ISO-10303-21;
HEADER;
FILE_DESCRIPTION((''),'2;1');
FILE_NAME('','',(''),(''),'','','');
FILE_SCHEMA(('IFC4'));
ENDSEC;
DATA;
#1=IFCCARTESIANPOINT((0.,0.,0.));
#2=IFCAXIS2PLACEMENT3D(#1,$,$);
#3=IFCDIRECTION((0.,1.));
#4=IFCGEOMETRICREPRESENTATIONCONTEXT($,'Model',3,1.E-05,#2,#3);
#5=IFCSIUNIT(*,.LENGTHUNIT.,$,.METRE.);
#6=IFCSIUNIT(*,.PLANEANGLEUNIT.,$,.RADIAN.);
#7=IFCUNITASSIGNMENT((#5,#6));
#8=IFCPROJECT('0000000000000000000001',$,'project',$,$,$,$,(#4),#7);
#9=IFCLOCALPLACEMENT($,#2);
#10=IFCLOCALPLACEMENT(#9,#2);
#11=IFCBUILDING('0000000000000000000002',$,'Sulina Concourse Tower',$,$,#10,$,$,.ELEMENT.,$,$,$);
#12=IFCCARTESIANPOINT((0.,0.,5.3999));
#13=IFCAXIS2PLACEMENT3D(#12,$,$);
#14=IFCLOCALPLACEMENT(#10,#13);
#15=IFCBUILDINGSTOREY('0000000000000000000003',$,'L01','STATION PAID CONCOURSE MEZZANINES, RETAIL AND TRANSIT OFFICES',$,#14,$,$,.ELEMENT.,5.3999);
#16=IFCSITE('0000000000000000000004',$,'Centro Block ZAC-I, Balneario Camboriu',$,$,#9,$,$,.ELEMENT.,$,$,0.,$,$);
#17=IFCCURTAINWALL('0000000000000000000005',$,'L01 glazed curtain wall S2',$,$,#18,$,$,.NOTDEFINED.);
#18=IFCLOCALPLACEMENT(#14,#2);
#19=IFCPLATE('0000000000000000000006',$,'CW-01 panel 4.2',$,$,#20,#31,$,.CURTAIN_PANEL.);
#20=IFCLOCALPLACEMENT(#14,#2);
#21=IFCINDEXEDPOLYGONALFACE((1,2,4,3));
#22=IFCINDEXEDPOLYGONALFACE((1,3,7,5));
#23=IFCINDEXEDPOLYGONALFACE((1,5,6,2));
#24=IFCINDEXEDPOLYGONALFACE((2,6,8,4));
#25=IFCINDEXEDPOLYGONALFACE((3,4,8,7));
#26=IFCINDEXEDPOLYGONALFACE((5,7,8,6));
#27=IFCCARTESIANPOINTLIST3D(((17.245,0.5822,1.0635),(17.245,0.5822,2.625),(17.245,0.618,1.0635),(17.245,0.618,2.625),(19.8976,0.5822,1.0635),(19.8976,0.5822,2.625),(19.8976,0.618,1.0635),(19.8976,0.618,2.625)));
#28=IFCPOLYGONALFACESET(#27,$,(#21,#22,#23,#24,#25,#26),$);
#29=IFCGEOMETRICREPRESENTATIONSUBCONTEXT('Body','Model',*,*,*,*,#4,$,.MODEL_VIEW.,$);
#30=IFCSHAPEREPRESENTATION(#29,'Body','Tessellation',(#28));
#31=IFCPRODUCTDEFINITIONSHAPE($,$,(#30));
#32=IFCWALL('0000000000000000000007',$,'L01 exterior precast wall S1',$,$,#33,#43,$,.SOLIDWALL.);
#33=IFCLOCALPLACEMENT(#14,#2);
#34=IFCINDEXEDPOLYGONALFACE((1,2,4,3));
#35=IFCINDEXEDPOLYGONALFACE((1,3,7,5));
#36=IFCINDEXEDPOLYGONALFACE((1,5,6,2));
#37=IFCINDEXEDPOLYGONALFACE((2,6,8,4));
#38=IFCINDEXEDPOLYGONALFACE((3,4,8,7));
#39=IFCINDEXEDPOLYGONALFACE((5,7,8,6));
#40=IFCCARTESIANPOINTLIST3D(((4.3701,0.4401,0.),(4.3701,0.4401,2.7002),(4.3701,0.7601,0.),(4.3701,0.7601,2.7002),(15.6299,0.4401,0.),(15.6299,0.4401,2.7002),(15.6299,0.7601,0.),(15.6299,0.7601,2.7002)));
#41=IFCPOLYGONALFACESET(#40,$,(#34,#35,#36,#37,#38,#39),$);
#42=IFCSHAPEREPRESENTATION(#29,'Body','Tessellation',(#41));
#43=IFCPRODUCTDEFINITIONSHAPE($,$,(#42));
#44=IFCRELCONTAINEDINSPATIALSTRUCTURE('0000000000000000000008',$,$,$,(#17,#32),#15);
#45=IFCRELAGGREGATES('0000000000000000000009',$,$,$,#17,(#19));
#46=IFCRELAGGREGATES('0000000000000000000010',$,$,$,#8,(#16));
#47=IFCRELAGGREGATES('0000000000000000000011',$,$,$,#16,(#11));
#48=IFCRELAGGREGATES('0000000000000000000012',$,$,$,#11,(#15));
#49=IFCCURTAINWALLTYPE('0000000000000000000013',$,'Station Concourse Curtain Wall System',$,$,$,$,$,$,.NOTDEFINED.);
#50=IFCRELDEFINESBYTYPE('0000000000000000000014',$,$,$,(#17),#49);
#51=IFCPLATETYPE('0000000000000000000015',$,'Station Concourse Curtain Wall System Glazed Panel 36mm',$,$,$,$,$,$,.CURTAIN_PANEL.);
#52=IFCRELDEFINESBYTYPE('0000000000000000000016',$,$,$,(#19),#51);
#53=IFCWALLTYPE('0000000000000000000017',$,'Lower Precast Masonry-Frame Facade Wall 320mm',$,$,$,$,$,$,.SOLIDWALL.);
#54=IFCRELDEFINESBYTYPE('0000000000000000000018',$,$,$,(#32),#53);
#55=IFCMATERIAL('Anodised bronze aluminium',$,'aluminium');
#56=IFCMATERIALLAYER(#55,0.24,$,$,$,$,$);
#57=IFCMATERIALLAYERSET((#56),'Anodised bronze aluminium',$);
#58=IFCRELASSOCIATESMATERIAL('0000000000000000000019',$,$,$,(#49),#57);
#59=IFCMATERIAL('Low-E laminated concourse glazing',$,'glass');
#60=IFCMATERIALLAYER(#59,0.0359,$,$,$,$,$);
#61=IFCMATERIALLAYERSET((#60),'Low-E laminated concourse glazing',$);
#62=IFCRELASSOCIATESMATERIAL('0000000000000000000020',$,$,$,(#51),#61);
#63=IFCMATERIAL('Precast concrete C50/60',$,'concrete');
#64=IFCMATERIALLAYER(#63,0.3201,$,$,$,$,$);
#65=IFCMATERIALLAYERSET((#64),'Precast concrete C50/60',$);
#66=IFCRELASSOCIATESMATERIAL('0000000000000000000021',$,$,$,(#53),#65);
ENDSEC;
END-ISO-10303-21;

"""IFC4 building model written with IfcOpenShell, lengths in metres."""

from ifc_helpers import new_model, si_unit, direction, frame, frame_2d, origin, origin_2d, place, context, subcontext, project, spatial, rectangle, extrude, material, layer, layer_set, type_object, element, aggregate, save


model = new_model("IFC4")

# Units and contexts
model_context = context("Model", 3, precision=1e-05, world=origin(), true_north=direction((0.0, 1.0)))
body_context = subcontext(model_context, "Body", "Model", "MODEL_VIEW")
ifc_project = project(units=[si_unit("LENGTHUNIT", "METRE"), si_unit("PLANEANGLEUNIT", "RADIAN")], contexts=[model_context])

# Site, building, storey
site_placement = place(None, origin())
site = spatial("IfcSite", under=ifc_project, at=site_placement, Name="Centro Block ZAC-I, Balneario Camboriu", CompositionType="ELEMENT", RefElevation=0.0)
building_placement = place(site_placement, origin())
building = spatial("IfcBuilding", under=site, at=building_placement, Name="Sulina Concourse Tower", CompositionType="ELEMENT")
storey_placement = place(building_placement, frame((0.0, 0.0, 5.3999)))
storey = spatial("IfcBuildingStorey", under=building, at=storey_placement, Name="L01", Description="STATION PAID CONCOURSE MEZZANINES, RETAIL AND TRANSIT OFFICES", CompositionType="ELEMENT", Elevation=5.3999)

# Curtain wall, plate
ifc_material_1 = material(Name="Anodised bronze aluminium", Category="aluminium")
ifc_layer_1 = layer(ifc_material_1, 0.24)
ifc_layer_set_1 = layer_set([ifc_layer_1], Name="Anodised bronze aluminium")
curtain_wall_type = type_object("IfcCurtainWallType", Name="Station Concourse Curtain Wall System", PredefinedType="NOTDEFINED", material=ifc_layer_set_1)
curtain_wall_placement = place(storey_placement, origin())
curtain_wall = element("IfcCurtainWall", 1, at=curtain_wall_placement, inside=storey, type_object=curtain_wall_type, Name="L01 glazed curtain wall S2", PredefinedType="NOTDEFINED")
ifc_material_2 = material(Name="Low-E laminated concourse glazing", Category="glass")
ifc_layer_2 = layer(ifc_material_2, 0.0359)
ifc_layer_set_2 = layer_set([ifc_layer_2], Name="Low-E laminated concourse glazing")
plate_type = type_object("IfcPlateType", Name="Station Concourse Curtain Wall System Glazed Panel 36mm", PredefinedType="CURTAIN_PANEL", material=ifc_layer_set_2)
plate_1_placement = place(storey_placement, frame((18.5713, 0.6001, 1.0635), z_axis=(0.0, 0.0, 1.0), x_axis=(-1.0, 0.0, 0.0)))
plate_1 = element("IfcPlate", 2, at=plate_1_placement, type_object=plate_type, Name="CW-01 panel 4.2", PredefinedType="CURTAIN_PANEL", context=body_context, shape_type="SweptSolid", body=[
    extrude(rectangle(XDim=2.6526, YDim=0.0359, at=origin_2d()), origin(), (0.0, 0.0, 1.0), 1.5615),
])
aggregate(curtain_wall, [plate_1])

# Wall
ifc_material_3 = material(Name="Precast concrete C50/60", Category="concrete")
ifc_layer_3 = layer(ifc_material_3, 0.3201)
ifc_layer_set_3 = layer_set([ifc_layer_3], Name="Precast concrete C50/60")
wall_type = type_object("IfcWallType", Name="Lower Precast Masonry-Frame Facade Wall 320mm", PredefinedType="SOLIDWALL", material=ifc_layer_set_3)
wall_placement = place(storey_placement, frame((15.6299, 0.6001, 0.0), z_axis=(0.0, 0.0, 1.0), x_axis=(-1.0, 0.0, 0.0)))
element("IfcWall", 3, at=wall_placement, inside=storey, type_object=wall_type, Name="L01 exterior precast wall S1", PredefinedType="SOLIDWALL", context=body_context, shape_type="SweptSolid", body=[
    extrude(rectangle(XDim=11.2598, YDim=0.3201, at=frame_2d((5.6299, 0.0))), origin(), (0.0, 0.0, 1.0), 2.7002),
])

save(model, "model.ifc")
